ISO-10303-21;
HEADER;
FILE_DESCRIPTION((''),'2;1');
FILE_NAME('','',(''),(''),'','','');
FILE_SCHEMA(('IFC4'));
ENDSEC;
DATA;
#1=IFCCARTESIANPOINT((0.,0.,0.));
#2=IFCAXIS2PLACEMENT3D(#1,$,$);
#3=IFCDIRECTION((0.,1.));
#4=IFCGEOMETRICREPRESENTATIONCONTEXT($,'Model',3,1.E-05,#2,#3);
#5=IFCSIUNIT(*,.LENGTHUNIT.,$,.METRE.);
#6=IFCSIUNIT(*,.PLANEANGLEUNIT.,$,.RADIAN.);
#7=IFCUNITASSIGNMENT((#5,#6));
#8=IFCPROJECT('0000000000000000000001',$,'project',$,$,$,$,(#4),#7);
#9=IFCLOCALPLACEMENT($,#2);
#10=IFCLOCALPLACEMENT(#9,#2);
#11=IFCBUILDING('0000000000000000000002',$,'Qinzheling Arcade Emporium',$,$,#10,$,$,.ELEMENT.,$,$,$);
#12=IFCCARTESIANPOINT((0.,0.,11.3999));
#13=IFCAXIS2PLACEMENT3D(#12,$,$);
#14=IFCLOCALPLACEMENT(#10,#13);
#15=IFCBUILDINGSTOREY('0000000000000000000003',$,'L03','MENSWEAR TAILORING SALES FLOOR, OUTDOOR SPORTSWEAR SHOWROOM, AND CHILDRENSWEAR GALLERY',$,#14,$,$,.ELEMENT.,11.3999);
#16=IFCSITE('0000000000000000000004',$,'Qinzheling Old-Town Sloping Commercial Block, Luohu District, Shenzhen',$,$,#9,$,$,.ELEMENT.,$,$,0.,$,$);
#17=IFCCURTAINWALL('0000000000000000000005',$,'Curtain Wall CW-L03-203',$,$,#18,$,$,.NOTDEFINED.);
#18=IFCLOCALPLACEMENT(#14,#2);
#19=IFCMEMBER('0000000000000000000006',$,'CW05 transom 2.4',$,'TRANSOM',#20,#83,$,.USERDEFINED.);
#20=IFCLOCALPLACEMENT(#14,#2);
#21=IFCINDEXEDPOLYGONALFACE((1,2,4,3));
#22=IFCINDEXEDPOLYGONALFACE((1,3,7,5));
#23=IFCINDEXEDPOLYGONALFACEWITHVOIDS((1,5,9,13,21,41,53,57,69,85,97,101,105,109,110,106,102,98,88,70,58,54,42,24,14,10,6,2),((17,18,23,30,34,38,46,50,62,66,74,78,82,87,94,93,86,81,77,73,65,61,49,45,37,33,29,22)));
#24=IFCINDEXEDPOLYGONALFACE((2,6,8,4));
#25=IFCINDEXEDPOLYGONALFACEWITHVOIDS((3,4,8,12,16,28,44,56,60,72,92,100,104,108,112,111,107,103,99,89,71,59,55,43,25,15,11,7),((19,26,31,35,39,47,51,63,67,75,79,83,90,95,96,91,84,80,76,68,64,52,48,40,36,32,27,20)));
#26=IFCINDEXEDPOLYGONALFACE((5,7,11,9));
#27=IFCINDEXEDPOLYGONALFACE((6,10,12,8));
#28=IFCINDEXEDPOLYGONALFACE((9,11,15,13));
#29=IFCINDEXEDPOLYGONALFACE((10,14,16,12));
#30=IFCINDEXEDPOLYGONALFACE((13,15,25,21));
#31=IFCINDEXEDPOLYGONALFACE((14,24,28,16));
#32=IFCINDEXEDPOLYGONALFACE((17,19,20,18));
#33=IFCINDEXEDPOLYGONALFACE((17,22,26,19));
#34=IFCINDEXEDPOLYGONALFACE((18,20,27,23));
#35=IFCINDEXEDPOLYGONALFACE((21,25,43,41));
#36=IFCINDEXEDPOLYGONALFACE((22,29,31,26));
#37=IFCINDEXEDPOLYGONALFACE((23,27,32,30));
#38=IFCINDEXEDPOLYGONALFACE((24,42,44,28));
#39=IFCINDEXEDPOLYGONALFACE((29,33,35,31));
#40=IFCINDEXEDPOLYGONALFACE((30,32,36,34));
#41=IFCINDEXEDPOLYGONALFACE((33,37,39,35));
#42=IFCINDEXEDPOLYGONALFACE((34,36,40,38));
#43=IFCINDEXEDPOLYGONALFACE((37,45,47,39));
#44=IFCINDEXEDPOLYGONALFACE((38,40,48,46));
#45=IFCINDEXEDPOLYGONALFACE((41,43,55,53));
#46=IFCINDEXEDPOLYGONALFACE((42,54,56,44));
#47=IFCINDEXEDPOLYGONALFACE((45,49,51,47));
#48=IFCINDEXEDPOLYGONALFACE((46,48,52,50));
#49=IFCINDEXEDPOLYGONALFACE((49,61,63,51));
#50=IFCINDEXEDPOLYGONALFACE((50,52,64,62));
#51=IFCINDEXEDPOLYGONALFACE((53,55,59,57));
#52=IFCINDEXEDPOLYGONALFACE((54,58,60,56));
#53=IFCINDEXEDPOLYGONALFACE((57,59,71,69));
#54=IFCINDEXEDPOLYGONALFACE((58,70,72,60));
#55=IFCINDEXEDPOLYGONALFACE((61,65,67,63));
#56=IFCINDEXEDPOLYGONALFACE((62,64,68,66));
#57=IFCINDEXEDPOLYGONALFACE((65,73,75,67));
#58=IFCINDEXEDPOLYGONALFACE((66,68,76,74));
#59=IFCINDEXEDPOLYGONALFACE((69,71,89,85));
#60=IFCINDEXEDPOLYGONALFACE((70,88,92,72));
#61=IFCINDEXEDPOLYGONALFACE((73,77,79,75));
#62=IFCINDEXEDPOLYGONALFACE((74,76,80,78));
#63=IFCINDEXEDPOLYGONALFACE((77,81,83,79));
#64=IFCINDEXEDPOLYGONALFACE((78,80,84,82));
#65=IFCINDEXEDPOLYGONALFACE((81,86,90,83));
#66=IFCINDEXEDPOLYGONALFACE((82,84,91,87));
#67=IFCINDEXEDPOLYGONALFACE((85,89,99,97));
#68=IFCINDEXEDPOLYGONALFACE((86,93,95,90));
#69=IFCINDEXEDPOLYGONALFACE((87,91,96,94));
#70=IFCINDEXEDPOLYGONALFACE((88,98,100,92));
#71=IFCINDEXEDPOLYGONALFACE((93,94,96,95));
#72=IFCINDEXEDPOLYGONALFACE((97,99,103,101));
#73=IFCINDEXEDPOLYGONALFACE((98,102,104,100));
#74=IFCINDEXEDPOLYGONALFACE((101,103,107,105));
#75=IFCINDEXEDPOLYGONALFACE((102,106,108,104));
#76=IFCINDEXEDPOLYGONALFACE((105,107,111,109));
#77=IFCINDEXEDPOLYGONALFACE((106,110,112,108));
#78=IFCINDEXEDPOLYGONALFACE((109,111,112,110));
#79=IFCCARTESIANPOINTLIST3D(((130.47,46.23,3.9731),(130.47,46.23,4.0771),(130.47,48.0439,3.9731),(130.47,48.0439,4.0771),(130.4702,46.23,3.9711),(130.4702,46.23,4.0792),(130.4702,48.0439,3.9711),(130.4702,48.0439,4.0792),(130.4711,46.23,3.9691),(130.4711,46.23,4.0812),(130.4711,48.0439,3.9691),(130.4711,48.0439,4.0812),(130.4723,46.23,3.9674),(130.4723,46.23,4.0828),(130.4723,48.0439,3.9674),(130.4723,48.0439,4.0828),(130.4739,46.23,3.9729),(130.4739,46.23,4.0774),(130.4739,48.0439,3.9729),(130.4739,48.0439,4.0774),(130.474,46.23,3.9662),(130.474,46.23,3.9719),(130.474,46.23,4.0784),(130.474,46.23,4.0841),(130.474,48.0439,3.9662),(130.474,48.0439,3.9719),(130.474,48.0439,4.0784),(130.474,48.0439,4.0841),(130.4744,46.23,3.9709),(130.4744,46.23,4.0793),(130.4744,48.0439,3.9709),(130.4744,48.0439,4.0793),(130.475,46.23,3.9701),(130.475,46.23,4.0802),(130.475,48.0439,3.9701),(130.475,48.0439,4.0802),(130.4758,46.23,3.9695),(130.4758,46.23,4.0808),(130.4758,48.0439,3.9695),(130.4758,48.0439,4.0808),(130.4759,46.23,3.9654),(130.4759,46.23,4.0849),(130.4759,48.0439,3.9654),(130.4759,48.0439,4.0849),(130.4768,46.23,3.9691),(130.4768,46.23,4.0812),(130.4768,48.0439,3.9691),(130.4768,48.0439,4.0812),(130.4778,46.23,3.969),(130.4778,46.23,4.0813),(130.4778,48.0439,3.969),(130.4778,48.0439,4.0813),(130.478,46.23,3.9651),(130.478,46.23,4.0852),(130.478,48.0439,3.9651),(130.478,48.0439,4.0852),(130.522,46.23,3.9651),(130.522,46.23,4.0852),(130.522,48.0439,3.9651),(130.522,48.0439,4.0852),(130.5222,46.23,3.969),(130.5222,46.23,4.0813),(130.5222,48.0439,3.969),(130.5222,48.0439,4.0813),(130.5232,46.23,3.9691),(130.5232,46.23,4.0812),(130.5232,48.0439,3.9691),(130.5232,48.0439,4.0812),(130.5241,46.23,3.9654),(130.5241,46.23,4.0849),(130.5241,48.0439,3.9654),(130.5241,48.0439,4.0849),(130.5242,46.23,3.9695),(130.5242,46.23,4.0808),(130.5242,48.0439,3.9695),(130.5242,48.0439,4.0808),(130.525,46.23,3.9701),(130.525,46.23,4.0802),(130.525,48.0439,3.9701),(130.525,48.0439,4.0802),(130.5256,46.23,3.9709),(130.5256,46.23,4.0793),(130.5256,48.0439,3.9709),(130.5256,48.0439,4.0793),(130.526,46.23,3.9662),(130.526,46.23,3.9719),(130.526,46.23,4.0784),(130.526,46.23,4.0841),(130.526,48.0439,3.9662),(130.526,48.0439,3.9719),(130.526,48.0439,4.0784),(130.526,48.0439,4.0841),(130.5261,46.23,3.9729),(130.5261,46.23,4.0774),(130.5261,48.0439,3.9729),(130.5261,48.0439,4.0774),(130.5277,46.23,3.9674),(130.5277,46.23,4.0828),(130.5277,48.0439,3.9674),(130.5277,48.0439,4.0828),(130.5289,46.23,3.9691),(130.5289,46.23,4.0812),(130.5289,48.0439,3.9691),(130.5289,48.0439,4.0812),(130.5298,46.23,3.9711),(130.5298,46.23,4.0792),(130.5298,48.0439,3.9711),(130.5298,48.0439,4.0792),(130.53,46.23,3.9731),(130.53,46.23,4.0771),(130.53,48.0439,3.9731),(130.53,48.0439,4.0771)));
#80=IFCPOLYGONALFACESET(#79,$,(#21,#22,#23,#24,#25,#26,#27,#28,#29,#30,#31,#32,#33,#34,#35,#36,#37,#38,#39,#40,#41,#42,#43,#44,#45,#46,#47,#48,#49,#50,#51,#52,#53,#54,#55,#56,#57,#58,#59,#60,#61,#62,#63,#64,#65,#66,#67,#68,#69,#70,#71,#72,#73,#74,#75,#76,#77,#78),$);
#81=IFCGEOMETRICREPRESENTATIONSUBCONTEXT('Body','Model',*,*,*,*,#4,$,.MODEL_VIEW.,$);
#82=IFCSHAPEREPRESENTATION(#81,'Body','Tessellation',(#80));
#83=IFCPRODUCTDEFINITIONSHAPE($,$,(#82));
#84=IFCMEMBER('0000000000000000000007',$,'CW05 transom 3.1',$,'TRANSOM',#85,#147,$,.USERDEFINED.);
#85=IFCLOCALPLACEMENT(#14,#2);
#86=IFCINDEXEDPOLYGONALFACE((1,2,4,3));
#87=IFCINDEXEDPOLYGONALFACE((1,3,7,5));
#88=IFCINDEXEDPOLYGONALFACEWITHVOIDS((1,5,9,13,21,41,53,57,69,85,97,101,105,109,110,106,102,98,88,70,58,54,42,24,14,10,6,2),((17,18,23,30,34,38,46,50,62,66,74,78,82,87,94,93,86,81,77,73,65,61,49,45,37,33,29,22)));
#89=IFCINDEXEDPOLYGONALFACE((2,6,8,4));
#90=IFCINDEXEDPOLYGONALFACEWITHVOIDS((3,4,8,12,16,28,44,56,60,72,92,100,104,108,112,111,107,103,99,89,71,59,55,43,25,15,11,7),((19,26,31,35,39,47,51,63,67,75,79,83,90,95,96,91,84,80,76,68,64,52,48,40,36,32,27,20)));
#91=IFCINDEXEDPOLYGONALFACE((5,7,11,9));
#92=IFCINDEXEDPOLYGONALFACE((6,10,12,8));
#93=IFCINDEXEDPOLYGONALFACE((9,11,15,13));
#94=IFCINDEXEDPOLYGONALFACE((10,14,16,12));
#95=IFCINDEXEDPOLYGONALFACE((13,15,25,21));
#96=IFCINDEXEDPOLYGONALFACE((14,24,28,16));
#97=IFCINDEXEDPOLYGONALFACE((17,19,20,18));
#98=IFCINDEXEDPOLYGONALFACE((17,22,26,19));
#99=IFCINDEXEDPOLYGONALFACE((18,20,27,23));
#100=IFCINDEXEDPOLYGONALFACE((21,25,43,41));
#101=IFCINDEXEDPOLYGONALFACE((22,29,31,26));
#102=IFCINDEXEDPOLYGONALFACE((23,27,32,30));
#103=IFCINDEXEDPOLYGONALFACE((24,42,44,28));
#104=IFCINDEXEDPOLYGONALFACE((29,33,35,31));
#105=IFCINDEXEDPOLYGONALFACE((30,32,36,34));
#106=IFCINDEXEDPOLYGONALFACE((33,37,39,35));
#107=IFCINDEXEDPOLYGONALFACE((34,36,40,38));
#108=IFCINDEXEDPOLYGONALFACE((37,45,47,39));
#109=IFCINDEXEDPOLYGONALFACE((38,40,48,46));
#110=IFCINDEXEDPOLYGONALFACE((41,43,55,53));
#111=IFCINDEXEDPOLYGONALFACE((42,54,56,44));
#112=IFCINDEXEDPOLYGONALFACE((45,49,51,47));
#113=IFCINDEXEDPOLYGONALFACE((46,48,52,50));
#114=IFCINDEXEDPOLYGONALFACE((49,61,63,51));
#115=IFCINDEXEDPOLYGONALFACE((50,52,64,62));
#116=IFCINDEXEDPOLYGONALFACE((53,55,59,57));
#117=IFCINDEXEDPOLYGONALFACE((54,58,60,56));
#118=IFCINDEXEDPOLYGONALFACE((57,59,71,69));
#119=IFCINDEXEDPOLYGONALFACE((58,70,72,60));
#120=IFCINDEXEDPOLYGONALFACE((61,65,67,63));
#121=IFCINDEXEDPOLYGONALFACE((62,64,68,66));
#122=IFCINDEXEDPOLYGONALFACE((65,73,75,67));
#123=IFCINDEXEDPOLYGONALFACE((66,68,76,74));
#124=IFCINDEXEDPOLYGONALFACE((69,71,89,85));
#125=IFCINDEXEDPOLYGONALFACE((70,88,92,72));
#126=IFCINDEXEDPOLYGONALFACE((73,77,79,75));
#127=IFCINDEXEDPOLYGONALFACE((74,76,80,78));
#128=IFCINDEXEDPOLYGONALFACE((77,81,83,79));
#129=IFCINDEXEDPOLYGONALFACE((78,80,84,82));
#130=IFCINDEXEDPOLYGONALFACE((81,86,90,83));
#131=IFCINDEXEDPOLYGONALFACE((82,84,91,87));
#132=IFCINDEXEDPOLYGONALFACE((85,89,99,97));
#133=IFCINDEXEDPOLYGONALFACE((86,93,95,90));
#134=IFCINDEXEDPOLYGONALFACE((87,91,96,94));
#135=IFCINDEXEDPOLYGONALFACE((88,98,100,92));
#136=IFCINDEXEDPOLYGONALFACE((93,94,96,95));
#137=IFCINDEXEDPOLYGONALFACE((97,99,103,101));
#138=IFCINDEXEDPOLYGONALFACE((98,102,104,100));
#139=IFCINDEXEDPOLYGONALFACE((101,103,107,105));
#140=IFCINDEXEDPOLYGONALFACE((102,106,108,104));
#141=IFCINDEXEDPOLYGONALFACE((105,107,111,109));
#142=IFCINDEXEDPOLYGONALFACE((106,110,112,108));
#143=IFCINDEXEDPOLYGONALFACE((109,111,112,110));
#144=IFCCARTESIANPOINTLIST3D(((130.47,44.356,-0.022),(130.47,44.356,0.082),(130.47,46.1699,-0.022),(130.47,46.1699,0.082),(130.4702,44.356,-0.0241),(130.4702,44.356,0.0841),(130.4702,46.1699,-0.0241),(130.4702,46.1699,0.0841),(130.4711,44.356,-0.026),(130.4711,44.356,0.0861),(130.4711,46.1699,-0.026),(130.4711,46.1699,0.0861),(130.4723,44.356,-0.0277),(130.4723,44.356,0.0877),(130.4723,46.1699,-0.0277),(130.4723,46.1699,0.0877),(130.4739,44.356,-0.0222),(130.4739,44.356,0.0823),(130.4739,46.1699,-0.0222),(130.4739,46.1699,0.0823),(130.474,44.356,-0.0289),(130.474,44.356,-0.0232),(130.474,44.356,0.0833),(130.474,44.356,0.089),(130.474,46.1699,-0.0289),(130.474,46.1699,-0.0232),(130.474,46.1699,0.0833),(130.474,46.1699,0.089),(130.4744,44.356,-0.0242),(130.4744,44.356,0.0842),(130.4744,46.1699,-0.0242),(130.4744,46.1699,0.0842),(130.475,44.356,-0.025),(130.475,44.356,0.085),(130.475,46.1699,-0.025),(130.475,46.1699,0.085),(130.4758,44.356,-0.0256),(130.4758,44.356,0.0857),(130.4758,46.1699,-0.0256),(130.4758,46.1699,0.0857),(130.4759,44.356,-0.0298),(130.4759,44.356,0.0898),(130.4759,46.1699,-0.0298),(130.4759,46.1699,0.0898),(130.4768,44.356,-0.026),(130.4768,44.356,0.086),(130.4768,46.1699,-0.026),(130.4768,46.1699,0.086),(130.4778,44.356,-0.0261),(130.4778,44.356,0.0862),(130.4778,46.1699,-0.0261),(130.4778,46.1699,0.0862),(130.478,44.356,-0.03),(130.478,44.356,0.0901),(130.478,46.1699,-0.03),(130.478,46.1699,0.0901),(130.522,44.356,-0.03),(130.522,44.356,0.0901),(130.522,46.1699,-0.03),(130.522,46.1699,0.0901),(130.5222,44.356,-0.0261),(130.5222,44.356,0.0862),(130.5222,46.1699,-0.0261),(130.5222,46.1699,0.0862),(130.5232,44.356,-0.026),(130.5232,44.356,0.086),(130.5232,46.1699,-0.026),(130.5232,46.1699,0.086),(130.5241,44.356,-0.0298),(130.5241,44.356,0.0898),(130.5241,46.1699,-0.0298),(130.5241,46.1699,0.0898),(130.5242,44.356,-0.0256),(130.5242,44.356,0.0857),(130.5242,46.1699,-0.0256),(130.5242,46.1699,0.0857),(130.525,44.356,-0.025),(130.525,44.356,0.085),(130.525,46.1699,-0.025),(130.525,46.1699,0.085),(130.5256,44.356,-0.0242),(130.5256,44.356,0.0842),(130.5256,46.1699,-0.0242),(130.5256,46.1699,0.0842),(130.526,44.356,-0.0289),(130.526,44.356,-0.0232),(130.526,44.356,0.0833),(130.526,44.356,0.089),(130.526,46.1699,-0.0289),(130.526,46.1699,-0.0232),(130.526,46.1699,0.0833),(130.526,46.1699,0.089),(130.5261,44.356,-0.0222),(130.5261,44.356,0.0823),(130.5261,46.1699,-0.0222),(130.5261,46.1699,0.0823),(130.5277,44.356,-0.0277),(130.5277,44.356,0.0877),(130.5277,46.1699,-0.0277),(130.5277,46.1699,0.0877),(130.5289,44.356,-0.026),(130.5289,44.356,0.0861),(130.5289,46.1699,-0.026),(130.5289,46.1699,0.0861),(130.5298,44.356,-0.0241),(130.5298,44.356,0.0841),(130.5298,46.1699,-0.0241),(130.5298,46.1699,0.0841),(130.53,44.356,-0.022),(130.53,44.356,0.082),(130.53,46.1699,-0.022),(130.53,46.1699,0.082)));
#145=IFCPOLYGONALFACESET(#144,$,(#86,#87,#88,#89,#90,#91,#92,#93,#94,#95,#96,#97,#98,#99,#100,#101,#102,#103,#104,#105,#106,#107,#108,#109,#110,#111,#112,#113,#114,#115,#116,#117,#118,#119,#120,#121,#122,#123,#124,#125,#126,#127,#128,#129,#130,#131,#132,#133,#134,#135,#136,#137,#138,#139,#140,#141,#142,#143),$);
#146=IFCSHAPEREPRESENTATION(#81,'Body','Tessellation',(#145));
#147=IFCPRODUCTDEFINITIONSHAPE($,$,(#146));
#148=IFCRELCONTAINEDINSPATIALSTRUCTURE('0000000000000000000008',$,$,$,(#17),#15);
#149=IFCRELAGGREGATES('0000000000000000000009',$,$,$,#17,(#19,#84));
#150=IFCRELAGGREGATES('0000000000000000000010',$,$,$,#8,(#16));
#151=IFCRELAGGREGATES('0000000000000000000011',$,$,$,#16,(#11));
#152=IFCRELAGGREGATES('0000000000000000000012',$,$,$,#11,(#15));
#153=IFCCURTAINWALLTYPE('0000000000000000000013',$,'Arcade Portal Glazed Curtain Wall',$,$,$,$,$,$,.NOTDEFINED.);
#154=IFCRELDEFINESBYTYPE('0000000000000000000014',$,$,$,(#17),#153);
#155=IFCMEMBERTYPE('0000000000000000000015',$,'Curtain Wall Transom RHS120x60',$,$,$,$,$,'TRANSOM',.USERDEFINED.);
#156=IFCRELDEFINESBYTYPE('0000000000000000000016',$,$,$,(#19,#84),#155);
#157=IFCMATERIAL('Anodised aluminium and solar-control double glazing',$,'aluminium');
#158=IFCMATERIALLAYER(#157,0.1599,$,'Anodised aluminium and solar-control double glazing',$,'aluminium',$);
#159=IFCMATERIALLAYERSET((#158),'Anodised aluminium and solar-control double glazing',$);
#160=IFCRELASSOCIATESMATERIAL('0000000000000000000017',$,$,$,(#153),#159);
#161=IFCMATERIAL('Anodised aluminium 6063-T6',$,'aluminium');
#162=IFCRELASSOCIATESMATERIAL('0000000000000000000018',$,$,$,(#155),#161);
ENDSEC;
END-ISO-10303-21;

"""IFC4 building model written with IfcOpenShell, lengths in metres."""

from ifc_helpers import new_model, si_unit, direction, frame, origin, origin_2d, place, context, subcontext, project, spatial, hollow_rectangle, extrude, material, layer, layer_set, material_profile, profile_set, type_object, element, aggregate, save


model = new_model("IFC4")

# Units and contexts
model_context = context("Model", 3, precision=1e-05, world=origin(), true_north=direction((0.0, 1.0)))
body_context = subcontext(model_context, "Body", "Model", "MODEL_VIEW")
ifc_project = project(units=[si_unit("LENGTHUNIT", "METRE"), si_unit("PLANEANGLEUNIT", "RADIAN")], contexts=[model_context])

# Site, building, storey
site_placement = place(None, origin())
site = spatial("IfcSite", under=ifc_project, at=site_placement, Name="Qinzheling Old-Town Sloping Commercial Block, Luohu District, Shenzhen", CompositionType="ELEMENT", RefElevation=0.0)
building_placement = place(site_placement, origin())
building = spatial("IfcBuilding", under=site, at=building_placement, Name="Qinzheling Arcade Emporium", CompositionType="ELEMENT")
storey_placement = place(building_placement, frame((0.0, 0.0, 11.3999)))
storey = spatial("IfcBuildingStorey", under=building, at=storey_placement, Name="L03", Description="MENSWEAR TAILORING SALES FLOOR, OUTDOOR SPORTSWEAR SHOWROOM, AND CHILDRENSWEAR GALLERY", CompositionType="ELEMENT", Elevation=11.3999)

# Curtain wall, members
ifc_material_1 = material(Name="Anodised aluminium and solar-control double glazing", Category="aluminium")
ifc_layer_1 = layer(ifc_material_1, 0.1599, Name="Anodised aluminium and solar-control double glazing", Category="aluminium")
ifc_layer_set_1 = layer_set([ifc_layer_1], Name="Anodised aluminium and solar-control double glazing")
curtain_wall_type = type_object("IfcCurtainWallType", Name="Arcade Portal Glazed Curtain Wall", PredefinedType="NOTDEFINED", material=ifc_layer_set_1)
curtain_wall_placement = place(storey_placement, origin())
curtain_wall = element("IfcCurtainWall", 1, at=curtain_wall_placement, inside=storey, type_object=curtain_wall_type, Name="Curtain Wall CW-L03-203", PredefinedType="NOTDEFINED")
ifc_material_2 = material(Name="Anodised aluminium 6063-T6", Category="aluminium")
ifc_material_profile_1 = material_profile(ifc_material_2, hollow_rectangle(XDim=0.0601, YDim=0.1201, WallThickness=0.0039, InnerFilletRadius=0.0039, OuterFilletRadius=0.0081, at=origin_2d()), Name="RHS 120x60x4", Category="aluminium")
ifc_profile_set_1 = profile_set([ifc_material_profile_1], Name="Anodised aluminium 6063-T6")
member_type_1 = type_object("IfcMemberType", Name="Curtain Wall Transom RHS120x60", ElementType="TRANSOM", PredefinedType="USERDEFINED", material=ifc_profile_set_1)
member_1_placement = place(storey_placement, frame((130.5, 48.0439, 4.0251), z_axis=(0.0, -1.0, 0.0), x_axis=(1.0, 0.0, 0.0)))
member_1 = element("IfcMember", 2, at=member_1_placement, type_object=member_type_1, Name="CW05 transom 2.4", ObjectType="TRANSOM", PredefinedType="USERDEFINED", context=body_context, shape_type="SweptSolid", body=[
    extrude(hollow_rectangle(XDim=0.0601, YDim=0.1201, WallThickness=0.0039, InnerFilletRadius=0.0039, OuterFilletRadius=0.0081, at=origin_2d()), origin(), (0.0, 0.0, 1.0), 1.814),
])
member_2_placement = place(storey_placement, frame((130.5, 46.1699, 0.03), z_axis=(0.0, -1.0, 0.0), x_axis=(1.0, 0.0, 0.0)))
member_2 = element("IfcMember", 3, at=member_2_placement, type_object=member_type_1, Name="CW05 transom 3.1", ObjectType="TRANSOM", PredefinedType="USERDEFINED", context=body_context, shape_type="SweptSolid", body=[
    extrude(hollow_rectangle(XDim=0.0601, YDim=0.1201, WallThickness=0.0039, InnerFilletRadius=0.0039, OuterFilletRadius=0.0081, at=origin_2d()), origin(), (0.0, 0.0, 1.0), 1.814),
])
aggregate(curtain_wall, [member_1, member_2])

save(model, "model.ifc")
